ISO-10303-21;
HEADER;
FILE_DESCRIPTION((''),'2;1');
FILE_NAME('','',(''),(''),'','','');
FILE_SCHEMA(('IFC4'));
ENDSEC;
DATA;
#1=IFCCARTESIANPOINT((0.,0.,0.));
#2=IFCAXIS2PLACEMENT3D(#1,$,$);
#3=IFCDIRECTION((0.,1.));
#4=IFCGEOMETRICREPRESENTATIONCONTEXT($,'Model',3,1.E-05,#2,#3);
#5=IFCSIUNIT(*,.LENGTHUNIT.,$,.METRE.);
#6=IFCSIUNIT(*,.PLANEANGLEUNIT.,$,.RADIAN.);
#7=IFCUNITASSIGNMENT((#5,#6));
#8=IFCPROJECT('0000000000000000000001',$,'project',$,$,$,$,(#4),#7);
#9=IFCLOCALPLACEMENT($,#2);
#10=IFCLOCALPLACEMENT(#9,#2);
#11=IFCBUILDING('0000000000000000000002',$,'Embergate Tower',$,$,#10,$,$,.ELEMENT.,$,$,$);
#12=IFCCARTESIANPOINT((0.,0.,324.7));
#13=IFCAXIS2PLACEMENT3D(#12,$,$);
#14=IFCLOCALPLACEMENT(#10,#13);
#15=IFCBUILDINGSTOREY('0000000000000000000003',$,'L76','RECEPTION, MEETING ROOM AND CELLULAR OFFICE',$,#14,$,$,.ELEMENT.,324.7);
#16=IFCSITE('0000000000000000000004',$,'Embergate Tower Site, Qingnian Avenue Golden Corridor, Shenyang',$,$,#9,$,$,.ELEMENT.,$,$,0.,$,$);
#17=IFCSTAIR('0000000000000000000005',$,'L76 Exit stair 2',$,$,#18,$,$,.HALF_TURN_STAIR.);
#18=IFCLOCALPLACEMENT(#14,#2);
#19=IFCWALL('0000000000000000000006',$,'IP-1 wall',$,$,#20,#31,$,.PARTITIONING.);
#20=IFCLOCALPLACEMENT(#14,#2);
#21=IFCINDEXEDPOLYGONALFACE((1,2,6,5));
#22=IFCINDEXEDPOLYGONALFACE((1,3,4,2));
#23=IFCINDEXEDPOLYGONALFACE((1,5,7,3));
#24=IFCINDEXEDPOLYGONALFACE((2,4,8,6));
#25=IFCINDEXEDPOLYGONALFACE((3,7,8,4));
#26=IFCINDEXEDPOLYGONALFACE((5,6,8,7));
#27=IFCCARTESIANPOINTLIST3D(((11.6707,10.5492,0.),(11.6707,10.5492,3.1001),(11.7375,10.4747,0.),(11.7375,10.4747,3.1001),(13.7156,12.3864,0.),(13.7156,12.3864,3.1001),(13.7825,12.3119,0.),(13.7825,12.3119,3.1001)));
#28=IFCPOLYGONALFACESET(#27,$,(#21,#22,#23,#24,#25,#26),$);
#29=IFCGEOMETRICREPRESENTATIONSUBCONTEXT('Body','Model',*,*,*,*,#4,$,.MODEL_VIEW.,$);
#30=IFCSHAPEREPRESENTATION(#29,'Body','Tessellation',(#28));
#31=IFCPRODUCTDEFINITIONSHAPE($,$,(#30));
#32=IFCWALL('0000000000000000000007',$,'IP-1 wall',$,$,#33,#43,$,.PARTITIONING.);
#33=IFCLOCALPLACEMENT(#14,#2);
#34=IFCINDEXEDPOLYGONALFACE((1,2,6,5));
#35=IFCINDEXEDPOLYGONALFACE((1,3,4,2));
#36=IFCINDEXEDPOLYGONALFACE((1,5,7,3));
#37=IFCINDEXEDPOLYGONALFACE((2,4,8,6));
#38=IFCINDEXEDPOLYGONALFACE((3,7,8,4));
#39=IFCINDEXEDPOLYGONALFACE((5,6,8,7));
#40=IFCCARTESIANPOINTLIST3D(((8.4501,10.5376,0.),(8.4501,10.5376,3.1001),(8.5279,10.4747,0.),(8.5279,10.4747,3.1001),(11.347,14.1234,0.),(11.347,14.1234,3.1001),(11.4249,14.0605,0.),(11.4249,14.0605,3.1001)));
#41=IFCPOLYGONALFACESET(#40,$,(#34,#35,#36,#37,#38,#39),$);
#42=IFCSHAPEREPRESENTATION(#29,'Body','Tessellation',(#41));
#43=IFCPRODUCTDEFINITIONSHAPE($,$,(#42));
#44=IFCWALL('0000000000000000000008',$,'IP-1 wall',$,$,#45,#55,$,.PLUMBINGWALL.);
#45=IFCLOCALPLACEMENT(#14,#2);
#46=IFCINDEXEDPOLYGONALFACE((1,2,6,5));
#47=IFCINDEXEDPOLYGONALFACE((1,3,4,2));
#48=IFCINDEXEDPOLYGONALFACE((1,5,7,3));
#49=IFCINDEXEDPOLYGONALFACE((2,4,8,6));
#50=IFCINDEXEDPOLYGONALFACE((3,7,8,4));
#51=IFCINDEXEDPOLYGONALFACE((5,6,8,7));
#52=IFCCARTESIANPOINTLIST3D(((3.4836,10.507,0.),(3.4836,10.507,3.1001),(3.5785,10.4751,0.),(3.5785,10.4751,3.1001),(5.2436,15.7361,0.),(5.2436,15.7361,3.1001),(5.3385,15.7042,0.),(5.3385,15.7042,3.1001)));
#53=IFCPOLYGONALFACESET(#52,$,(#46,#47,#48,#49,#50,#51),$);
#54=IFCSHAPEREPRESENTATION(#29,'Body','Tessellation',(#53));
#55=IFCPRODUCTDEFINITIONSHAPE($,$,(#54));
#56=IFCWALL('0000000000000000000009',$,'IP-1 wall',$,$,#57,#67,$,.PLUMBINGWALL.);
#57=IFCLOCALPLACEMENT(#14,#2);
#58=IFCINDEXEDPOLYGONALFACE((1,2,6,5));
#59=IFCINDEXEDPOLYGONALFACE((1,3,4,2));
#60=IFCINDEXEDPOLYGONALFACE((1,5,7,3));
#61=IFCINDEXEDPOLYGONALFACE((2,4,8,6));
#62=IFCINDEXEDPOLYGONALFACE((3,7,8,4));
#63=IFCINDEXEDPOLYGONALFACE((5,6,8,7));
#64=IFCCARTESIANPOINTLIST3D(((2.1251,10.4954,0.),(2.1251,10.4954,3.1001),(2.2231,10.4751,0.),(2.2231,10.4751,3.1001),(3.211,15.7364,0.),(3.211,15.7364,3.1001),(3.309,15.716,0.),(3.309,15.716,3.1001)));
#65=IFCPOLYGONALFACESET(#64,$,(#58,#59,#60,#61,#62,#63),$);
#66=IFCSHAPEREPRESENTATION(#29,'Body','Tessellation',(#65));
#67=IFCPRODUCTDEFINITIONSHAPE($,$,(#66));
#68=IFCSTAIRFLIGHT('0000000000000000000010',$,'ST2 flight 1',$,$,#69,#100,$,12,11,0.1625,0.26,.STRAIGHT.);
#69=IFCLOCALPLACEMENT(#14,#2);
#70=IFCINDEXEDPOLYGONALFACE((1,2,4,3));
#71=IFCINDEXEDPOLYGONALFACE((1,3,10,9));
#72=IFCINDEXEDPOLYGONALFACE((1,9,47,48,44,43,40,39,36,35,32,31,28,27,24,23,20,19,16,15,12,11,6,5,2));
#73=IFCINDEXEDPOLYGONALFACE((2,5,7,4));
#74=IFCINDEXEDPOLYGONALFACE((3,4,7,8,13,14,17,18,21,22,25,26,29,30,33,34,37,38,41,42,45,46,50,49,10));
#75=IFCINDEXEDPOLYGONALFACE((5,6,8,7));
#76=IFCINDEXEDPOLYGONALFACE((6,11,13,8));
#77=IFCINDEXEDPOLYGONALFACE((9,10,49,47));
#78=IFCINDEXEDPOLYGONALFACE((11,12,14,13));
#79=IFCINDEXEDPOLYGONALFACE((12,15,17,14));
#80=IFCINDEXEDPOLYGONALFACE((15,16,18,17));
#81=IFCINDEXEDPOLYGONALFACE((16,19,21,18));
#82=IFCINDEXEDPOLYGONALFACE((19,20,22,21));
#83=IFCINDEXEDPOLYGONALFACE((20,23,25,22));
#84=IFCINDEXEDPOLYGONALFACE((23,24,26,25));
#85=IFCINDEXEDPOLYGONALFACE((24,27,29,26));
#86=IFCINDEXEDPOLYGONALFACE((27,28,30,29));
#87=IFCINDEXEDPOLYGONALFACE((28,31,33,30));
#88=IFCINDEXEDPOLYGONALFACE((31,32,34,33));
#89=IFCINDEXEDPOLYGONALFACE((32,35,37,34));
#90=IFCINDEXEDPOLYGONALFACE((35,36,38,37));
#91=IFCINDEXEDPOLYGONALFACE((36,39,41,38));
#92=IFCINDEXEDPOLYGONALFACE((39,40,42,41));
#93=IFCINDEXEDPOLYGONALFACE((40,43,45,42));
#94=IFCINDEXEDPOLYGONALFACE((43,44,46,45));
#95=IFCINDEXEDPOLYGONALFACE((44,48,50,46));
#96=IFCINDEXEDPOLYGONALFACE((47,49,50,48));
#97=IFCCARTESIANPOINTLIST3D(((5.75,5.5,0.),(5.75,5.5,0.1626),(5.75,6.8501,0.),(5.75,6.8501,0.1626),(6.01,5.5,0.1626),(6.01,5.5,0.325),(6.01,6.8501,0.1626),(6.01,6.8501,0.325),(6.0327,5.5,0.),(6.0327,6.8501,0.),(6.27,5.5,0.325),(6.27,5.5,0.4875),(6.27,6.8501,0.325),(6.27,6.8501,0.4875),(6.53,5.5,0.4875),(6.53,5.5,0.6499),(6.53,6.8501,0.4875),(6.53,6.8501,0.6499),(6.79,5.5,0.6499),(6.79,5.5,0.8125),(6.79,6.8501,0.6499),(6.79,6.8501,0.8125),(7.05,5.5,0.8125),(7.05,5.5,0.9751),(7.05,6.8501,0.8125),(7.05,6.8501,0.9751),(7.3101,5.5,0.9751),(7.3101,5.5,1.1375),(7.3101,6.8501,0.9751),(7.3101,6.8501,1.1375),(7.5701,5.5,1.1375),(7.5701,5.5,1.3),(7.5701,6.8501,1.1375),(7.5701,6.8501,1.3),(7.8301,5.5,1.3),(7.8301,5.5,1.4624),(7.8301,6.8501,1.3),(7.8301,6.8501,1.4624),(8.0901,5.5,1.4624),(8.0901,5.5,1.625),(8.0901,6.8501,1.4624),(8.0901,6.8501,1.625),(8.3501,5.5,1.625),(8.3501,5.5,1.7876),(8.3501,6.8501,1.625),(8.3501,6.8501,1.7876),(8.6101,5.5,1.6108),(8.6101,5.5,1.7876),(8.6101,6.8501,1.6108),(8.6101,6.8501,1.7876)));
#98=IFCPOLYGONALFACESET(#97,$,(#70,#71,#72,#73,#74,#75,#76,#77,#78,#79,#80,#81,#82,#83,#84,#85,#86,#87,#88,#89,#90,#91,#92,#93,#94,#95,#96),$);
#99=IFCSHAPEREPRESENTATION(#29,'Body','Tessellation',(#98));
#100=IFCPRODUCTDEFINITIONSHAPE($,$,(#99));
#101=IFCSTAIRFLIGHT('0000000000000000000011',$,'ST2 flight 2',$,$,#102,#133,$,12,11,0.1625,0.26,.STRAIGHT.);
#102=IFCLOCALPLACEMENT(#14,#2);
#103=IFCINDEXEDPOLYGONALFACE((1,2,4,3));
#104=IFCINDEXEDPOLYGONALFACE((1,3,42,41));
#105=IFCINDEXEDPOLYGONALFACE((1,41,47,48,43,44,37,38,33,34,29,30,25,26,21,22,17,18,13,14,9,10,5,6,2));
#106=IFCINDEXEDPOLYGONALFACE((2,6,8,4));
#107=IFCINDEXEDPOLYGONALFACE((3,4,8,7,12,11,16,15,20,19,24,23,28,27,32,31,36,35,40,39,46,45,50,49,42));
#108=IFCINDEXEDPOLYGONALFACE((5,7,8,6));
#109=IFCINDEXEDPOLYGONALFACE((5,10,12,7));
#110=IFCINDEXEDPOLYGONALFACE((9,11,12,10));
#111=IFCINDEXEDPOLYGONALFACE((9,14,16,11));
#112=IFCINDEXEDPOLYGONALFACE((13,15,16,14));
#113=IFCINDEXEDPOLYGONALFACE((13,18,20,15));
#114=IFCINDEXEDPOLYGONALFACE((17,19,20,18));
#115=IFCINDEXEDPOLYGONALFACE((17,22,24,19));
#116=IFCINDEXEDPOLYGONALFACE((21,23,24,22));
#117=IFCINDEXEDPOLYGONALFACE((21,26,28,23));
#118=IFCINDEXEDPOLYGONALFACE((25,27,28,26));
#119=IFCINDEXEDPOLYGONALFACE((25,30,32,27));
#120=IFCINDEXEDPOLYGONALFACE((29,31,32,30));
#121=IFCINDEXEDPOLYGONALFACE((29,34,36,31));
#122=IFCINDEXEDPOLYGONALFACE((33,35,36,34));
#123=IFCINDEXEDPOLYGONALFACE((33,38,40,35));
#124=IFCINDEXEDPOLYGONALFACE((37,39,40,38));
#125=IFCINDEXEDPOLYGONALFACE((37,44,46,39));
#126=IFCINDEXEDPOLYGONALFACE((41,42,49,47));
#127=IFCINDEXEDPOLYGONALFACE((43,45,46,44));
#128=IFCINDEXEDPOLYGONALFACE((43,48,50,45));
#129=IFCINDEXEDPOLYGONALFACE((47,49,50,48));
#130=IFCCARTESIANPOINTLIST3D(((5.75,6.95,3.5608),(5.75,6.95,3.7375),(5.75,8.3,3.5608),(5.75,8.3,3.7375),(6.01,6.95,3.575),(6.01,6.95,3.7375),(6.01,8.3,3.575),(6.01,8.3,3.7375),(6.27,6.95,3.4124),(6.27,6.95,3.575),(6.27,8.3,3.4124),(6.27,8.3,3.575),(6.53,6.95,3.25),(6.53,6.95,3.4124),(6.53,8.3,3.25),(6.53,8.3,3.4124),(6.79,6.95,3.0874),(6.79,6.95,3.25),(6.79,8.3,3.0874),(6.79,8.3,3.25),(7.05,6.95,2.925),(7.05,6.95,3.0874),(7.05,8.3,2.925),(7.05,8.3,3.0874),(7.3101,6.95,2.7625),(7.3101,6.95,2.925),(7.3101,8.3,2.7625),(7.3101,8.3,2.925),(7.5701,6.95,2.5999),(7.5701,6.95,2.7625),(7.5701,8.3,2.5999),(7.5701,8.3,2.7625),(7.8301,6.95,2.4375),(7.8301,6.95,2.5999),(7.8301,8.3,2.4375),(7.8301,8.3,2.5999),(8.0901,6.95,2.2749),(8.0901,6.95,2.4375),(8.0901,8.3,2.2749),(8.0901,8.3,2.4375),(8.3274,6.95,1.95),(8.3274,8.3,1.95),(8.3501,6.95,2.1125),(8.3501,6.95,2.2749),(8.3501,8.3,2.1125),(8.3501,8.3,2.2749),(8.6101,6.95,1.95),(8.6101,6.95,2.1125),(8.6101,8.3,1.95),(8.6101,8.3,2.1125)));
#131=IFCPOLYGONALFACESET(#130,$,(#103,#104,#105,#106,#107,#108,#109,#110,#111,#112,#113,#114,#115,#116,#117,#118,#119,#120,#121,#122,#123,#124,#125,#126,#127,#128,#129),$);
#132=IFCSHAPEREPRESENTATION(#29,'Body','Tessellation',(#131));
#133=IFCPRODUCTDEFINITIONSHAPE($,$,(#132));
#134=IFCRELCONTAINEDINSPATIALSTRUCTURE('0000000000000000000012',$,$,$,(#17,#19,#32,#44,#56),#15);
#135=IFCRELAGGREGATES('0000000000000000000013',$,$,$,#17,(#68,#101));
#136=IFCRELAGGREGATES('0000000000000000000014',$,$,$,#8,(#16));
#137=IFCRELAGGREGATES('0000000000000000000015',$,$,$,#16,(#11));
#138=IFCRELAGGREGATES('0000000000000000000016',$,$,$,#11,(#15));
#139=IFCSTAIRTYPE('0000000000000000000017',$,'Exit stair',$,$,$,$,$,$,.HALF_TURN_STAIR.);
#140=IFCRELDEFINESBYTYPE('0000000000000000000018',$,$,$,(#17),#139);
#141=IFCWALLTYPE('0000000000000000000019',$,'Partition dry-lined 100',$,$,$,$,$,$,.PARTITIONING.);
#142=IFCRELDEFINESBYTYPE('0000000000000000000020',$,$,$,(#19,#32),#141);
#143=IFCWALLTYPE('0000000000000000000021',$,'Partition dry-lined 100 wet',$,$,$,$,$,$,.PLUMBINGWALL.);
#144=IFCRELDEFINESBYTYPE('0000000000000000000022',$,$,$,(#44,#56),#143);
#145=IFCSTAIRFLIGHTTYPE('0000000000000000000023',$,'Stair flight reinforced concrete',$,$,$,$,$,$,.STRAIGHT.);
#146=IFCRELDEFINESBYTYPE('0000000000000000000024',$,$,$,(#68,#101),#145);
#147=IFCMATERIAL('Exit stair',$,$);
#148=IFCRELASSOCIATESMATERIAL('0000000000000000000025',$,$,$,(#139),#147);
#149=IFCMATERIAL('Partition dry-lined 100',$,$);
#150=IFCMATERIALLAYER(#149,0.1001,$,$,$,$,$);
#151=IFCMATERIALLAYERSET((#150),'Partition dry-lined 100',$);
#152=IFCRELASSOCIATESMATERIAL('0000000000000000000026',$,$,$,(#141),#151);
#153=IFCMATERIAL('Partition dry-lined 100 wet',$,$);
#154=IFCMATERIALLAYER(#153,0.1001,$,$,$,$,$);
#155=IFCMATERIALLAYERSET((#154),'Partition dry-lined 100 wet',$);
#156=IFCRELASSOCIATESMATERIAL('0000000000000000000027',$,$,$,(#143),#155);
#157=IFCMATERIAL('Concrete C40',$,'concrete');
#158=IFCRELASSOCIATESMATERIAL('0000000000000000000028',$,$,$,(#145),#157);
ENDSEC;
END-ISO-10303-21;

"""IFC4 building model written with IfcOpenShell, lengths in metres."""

from ifc_helpers import new_model, si_unit, direction, frame, frame_2d, origin, place, context, subcontext, project, spatial, polyline, rectangle, outline, extrude, source, transform, mapped, material, layer, layer_set, type_object, element, aggregate, save


model = new_model("IFC4")

# Units and contexts
model_context = context("Model", 3, precision=1e-05, world=origin(), true_north=direction((0.0, 1.0)))
body_context = subcontext(model_context, "Body", "Model", "MODEL_VIEW")
ifc_project = project(units=[si_unit("LENGTHUNIT", "METRE"), si_unit("PLANEANGLEUNIT", "RADIAN")], contexts=[model_context])

# Site, building, storey
site_placement = place(None, origin())
site = spatial("IfcSite", under=ifc_project, at=site_placement, Name="Embergate Tower Site, Qingnian Avenue Golden Corridor, Shenyang", CompositionType="ELEMENT", RefElevation=0.0)
building_placement = place(site_placement, origin())
building = spatial("IfcBuilding", under=site, at=building_placement, Name="Embergate Tower", CompositionType="ELEMENT")
storey_placement = place(building_placement, frame((0.0, 0.0, 324.7)))
storey = spatial("IfcBuildingStorey", under=building, at=storey_placement, Name="L76", Description="RECEPTION, MEETING ROOM AND CELLULAR OFFICE", CompositionType="ELEMENT", Elevation=324.7)

# Stair
ifc_material_1 = material(Name="Exit stair")
stair_type = type_object("IfcStairType", Name="Exit stair", PredefinedType="HALF_TURN_STAIR", material=ifc_material_1)
stair_placement = place(storey_placement, origin())
stair = element("IfcStair", 1, at=stair_placement, inside=storey, type_object=stair_type, Name="L76 Exit stair 2", PredefinedType="HALF_TURN_STAIR")
ifc_material_2 = material(Name="Concrete C40", Category="concrete")

# Walls
ifc_material_3 = material(Name="Partition dry-lined 100")
ifc_layer_1 = layer(ifc_material_3, 0.1001)
ifc_layer_set_1 = layer_set([ifc_layer_1], Name="Partition dry-lined 100")
wall_type_1 = type_object("IfcWallType", Name="Partition dry-lined 100", PredefinedType="PARTITIONING", material=ifc_layer_set_1)
shared_shape_1 = source(origin(), body_context, "Body", "SweptSolid", [
    extrude(rectangle(XDim=2.749, YDim=0.1001, at=frame_2d((1.3745, 0.0))), origin(), (0.0, 0.0, 1.0), 3.1001),
])
wall_1_placement = place(storey_placement, frame((11.7041, 10.512, 0.0), z_axis=(0.0, 0.0, 1.0), x_axis=(0.743886, 0.668307, 0.0)))
element("IfcWall", 2, at=wall_1_placement, inside=storey, type_object=wall_type_1, Name="IP-1 wall", PredefinedType="PARTITIONING", context=body_context, shape_type="MappedRepresentation", body=[
    mapped(shared_shape_1, transform((0.0, 0.0, 0.0))),
])
shared_shape_2 = source(origin(), body_context, "Body", "SweptSolid", [
    extrude(rectangle(XDim=4.6099, YDim=0.1001, at=frame_2d((2.3049, 0.0))), origin(), (0.0, 0.0, 1.0), 3.1001),
])
wall_2_placement = place(storey_placement, frame((8.489, 10.5061, 0.0), z_axis=(0.0, 0.0, 1.0), x_axis=(0.628421, 0.777873, 0.0)))
element("IfcWall", 3, at=wall_2_placement, inside=storey, type_object=wall_type_1, Name="IP-1 wall", PredefinedType="PARTITIONING", context=body_context, shape_type="MappedRepresentation", body=[
    mapped(shared_shape_2, transform((0.0, 0.0, 0.0))),
])
ifc_material_4 = material(Name="Partition dry-lined 100 wet")
ifc_layer_2 = layer(ifc_material_4, 0.1001)
ifc_layer_set_2 = layer_set([ifc_layer_2], Name="Partition dry-lined 100 wet")
wall_type_2 = type_object("IfcWallType", Name="Partition dry-lined 100 wet", PredefinedType="PLUMBINGWALL", material=ifc_layer_set_2)
shared_shape_3 = source(origin(), body_context, "Body", "SweptSolid", [
    extrude(rectangle(XDim=5.5173, YDim=0.1001, at=frame_2d((2.7588, 0.0))), origin(), (0.0, 0.0, 1.0), 3.1001),
])
wall_3_placement = place(storey_placement, frame((3.531, 10.491, 0.0), z_axis=(0.0, 0.0, 1.0), x_axis=(0.319001, 0.947754, 0.0)))
element("IfcWall", 4, at=wall_3_placement, inside=storey, type_object=wall_type_2, Name="IP-1 wall", PredefinedType="PLUMBINGWALL", context=body_context, shape_type="MappedRepresentation", body=[
    mapped(shared_shape_3, transform((0.0, 0.0, 0.0))),
])
shared_shape_4 = source(origin(), body_context, "Body", "SweptSolid", [
    extrude(rectangle(XDim=5.3523, YDim=0.1001, at=frame_2d((2.6763, 0.0))), origin(), (0.0, 0.0, 1.0), 3.1001),
])
wall_4_placement = place(storey_placement, frame((2.1741, 10.4851, 0.0), z_axis=(0.0, 0.0, 1.0), x_axis=(0.202892, 0.979201, 0.0)))
element("IfcWall", 5, at=wall_4_placement, inside=storey, type_object=wall_type_2, Name="IP-1 wall", PredefinedType="PLUMBINGWALL", context=body_context, shape_type="MappedRepresentation", body=[
    mapped(shared_shape_4, transform((0.0, 0.0, 0.0))),
])

# Stair flights
stair_flight_type = type_object("IfcStairFlightType", Name="Stair flight reinforced concrete", PredefinedType="STRAIGHT", material=ifc_material_2)
shared_shape_5 = source(origin(), body_context, "Body", "SweptSolid", [
    extrude(outline(polyline([(0.0, 0.0), (0.0, 0.1626), (0.26, 0.1626), (0.26, 0.325), (0.52, 0.325), (0.52, 0.4875), (0.78, 0.4875), (0.78, 0.6499), (1.04, 0.6499), (1.04, 0.8125), (1.3, 0.8125), (1.3, 0.9751), (1.5601, 0.9751), (1.5601, 1.1375), (1.8201, 1.1375), (1.8201, 1.3), (2.0801, 1.3), (2.0801, 1.4624), (2.3401, 1.4624), (2.3401, 1.625), (2.6001, 1.625), (2.6001, 1.7876), (2.8601, 1.7876), (2.8601, 1.95), (2.8601, 1.6108), (0.2827, 0.0), (0.0, 0.0)])), frame((0.0, 0.675, 0.0), z_axis=(0.0, -1.0, 0.0), x_axis=(1.0, 0.0, 0.0)), (0.0, 0.0, 1.0), 1.3501),
])
stair_flight_1_placement = place(storey_placement, frame((5.75, 6.175, 0.0), z_axis=(0.0, 0.0, 1.0), x_axis=(1.0, 0.0, 0.0)))
stair_flight_1 = element("IfcStairFlight", 6, at=stair_flight_1_placement, type_object=stair_flight_type, Name="ST2 flight 1", NumberOfRisers=12, NumberOfTreads=11, PredefinedType="STRAIGHT", RiserHeight=0.1625, TreadLength=0.26, context=body_context, shape_type="MappedRepresentation", body=[
    mapped(shared_shape_5, transform((0.0, 0.0, 0.0))),
])
stair_flight_2_placement = place(storey_placement, frame((8.6101, 7.625, 1.95), z_axis=(0.0, 0.0, 1.0), x_axis=(-1.0, 0.0, 0.0)))
stair_flight_2 = element("IfcStairFlight", 7, at=stair_flight_2_placement, type_object=stair_flight_type, Name="ST2 flight 2", NumberOfRisers=12, NumberOfTreads=11, PredefinedType="STRAIGHT", RiserHeight=0.1625, TreadLength=0.26, context=body_context, shape_type="MappedRepresentation", body=[
    mapped(shared_shape_5, transform((0.0, 0.0, 0.0))),
])
aggregate(stair, [stair_flight_1, stair_flight_2])

save(model, "model.ifc")
